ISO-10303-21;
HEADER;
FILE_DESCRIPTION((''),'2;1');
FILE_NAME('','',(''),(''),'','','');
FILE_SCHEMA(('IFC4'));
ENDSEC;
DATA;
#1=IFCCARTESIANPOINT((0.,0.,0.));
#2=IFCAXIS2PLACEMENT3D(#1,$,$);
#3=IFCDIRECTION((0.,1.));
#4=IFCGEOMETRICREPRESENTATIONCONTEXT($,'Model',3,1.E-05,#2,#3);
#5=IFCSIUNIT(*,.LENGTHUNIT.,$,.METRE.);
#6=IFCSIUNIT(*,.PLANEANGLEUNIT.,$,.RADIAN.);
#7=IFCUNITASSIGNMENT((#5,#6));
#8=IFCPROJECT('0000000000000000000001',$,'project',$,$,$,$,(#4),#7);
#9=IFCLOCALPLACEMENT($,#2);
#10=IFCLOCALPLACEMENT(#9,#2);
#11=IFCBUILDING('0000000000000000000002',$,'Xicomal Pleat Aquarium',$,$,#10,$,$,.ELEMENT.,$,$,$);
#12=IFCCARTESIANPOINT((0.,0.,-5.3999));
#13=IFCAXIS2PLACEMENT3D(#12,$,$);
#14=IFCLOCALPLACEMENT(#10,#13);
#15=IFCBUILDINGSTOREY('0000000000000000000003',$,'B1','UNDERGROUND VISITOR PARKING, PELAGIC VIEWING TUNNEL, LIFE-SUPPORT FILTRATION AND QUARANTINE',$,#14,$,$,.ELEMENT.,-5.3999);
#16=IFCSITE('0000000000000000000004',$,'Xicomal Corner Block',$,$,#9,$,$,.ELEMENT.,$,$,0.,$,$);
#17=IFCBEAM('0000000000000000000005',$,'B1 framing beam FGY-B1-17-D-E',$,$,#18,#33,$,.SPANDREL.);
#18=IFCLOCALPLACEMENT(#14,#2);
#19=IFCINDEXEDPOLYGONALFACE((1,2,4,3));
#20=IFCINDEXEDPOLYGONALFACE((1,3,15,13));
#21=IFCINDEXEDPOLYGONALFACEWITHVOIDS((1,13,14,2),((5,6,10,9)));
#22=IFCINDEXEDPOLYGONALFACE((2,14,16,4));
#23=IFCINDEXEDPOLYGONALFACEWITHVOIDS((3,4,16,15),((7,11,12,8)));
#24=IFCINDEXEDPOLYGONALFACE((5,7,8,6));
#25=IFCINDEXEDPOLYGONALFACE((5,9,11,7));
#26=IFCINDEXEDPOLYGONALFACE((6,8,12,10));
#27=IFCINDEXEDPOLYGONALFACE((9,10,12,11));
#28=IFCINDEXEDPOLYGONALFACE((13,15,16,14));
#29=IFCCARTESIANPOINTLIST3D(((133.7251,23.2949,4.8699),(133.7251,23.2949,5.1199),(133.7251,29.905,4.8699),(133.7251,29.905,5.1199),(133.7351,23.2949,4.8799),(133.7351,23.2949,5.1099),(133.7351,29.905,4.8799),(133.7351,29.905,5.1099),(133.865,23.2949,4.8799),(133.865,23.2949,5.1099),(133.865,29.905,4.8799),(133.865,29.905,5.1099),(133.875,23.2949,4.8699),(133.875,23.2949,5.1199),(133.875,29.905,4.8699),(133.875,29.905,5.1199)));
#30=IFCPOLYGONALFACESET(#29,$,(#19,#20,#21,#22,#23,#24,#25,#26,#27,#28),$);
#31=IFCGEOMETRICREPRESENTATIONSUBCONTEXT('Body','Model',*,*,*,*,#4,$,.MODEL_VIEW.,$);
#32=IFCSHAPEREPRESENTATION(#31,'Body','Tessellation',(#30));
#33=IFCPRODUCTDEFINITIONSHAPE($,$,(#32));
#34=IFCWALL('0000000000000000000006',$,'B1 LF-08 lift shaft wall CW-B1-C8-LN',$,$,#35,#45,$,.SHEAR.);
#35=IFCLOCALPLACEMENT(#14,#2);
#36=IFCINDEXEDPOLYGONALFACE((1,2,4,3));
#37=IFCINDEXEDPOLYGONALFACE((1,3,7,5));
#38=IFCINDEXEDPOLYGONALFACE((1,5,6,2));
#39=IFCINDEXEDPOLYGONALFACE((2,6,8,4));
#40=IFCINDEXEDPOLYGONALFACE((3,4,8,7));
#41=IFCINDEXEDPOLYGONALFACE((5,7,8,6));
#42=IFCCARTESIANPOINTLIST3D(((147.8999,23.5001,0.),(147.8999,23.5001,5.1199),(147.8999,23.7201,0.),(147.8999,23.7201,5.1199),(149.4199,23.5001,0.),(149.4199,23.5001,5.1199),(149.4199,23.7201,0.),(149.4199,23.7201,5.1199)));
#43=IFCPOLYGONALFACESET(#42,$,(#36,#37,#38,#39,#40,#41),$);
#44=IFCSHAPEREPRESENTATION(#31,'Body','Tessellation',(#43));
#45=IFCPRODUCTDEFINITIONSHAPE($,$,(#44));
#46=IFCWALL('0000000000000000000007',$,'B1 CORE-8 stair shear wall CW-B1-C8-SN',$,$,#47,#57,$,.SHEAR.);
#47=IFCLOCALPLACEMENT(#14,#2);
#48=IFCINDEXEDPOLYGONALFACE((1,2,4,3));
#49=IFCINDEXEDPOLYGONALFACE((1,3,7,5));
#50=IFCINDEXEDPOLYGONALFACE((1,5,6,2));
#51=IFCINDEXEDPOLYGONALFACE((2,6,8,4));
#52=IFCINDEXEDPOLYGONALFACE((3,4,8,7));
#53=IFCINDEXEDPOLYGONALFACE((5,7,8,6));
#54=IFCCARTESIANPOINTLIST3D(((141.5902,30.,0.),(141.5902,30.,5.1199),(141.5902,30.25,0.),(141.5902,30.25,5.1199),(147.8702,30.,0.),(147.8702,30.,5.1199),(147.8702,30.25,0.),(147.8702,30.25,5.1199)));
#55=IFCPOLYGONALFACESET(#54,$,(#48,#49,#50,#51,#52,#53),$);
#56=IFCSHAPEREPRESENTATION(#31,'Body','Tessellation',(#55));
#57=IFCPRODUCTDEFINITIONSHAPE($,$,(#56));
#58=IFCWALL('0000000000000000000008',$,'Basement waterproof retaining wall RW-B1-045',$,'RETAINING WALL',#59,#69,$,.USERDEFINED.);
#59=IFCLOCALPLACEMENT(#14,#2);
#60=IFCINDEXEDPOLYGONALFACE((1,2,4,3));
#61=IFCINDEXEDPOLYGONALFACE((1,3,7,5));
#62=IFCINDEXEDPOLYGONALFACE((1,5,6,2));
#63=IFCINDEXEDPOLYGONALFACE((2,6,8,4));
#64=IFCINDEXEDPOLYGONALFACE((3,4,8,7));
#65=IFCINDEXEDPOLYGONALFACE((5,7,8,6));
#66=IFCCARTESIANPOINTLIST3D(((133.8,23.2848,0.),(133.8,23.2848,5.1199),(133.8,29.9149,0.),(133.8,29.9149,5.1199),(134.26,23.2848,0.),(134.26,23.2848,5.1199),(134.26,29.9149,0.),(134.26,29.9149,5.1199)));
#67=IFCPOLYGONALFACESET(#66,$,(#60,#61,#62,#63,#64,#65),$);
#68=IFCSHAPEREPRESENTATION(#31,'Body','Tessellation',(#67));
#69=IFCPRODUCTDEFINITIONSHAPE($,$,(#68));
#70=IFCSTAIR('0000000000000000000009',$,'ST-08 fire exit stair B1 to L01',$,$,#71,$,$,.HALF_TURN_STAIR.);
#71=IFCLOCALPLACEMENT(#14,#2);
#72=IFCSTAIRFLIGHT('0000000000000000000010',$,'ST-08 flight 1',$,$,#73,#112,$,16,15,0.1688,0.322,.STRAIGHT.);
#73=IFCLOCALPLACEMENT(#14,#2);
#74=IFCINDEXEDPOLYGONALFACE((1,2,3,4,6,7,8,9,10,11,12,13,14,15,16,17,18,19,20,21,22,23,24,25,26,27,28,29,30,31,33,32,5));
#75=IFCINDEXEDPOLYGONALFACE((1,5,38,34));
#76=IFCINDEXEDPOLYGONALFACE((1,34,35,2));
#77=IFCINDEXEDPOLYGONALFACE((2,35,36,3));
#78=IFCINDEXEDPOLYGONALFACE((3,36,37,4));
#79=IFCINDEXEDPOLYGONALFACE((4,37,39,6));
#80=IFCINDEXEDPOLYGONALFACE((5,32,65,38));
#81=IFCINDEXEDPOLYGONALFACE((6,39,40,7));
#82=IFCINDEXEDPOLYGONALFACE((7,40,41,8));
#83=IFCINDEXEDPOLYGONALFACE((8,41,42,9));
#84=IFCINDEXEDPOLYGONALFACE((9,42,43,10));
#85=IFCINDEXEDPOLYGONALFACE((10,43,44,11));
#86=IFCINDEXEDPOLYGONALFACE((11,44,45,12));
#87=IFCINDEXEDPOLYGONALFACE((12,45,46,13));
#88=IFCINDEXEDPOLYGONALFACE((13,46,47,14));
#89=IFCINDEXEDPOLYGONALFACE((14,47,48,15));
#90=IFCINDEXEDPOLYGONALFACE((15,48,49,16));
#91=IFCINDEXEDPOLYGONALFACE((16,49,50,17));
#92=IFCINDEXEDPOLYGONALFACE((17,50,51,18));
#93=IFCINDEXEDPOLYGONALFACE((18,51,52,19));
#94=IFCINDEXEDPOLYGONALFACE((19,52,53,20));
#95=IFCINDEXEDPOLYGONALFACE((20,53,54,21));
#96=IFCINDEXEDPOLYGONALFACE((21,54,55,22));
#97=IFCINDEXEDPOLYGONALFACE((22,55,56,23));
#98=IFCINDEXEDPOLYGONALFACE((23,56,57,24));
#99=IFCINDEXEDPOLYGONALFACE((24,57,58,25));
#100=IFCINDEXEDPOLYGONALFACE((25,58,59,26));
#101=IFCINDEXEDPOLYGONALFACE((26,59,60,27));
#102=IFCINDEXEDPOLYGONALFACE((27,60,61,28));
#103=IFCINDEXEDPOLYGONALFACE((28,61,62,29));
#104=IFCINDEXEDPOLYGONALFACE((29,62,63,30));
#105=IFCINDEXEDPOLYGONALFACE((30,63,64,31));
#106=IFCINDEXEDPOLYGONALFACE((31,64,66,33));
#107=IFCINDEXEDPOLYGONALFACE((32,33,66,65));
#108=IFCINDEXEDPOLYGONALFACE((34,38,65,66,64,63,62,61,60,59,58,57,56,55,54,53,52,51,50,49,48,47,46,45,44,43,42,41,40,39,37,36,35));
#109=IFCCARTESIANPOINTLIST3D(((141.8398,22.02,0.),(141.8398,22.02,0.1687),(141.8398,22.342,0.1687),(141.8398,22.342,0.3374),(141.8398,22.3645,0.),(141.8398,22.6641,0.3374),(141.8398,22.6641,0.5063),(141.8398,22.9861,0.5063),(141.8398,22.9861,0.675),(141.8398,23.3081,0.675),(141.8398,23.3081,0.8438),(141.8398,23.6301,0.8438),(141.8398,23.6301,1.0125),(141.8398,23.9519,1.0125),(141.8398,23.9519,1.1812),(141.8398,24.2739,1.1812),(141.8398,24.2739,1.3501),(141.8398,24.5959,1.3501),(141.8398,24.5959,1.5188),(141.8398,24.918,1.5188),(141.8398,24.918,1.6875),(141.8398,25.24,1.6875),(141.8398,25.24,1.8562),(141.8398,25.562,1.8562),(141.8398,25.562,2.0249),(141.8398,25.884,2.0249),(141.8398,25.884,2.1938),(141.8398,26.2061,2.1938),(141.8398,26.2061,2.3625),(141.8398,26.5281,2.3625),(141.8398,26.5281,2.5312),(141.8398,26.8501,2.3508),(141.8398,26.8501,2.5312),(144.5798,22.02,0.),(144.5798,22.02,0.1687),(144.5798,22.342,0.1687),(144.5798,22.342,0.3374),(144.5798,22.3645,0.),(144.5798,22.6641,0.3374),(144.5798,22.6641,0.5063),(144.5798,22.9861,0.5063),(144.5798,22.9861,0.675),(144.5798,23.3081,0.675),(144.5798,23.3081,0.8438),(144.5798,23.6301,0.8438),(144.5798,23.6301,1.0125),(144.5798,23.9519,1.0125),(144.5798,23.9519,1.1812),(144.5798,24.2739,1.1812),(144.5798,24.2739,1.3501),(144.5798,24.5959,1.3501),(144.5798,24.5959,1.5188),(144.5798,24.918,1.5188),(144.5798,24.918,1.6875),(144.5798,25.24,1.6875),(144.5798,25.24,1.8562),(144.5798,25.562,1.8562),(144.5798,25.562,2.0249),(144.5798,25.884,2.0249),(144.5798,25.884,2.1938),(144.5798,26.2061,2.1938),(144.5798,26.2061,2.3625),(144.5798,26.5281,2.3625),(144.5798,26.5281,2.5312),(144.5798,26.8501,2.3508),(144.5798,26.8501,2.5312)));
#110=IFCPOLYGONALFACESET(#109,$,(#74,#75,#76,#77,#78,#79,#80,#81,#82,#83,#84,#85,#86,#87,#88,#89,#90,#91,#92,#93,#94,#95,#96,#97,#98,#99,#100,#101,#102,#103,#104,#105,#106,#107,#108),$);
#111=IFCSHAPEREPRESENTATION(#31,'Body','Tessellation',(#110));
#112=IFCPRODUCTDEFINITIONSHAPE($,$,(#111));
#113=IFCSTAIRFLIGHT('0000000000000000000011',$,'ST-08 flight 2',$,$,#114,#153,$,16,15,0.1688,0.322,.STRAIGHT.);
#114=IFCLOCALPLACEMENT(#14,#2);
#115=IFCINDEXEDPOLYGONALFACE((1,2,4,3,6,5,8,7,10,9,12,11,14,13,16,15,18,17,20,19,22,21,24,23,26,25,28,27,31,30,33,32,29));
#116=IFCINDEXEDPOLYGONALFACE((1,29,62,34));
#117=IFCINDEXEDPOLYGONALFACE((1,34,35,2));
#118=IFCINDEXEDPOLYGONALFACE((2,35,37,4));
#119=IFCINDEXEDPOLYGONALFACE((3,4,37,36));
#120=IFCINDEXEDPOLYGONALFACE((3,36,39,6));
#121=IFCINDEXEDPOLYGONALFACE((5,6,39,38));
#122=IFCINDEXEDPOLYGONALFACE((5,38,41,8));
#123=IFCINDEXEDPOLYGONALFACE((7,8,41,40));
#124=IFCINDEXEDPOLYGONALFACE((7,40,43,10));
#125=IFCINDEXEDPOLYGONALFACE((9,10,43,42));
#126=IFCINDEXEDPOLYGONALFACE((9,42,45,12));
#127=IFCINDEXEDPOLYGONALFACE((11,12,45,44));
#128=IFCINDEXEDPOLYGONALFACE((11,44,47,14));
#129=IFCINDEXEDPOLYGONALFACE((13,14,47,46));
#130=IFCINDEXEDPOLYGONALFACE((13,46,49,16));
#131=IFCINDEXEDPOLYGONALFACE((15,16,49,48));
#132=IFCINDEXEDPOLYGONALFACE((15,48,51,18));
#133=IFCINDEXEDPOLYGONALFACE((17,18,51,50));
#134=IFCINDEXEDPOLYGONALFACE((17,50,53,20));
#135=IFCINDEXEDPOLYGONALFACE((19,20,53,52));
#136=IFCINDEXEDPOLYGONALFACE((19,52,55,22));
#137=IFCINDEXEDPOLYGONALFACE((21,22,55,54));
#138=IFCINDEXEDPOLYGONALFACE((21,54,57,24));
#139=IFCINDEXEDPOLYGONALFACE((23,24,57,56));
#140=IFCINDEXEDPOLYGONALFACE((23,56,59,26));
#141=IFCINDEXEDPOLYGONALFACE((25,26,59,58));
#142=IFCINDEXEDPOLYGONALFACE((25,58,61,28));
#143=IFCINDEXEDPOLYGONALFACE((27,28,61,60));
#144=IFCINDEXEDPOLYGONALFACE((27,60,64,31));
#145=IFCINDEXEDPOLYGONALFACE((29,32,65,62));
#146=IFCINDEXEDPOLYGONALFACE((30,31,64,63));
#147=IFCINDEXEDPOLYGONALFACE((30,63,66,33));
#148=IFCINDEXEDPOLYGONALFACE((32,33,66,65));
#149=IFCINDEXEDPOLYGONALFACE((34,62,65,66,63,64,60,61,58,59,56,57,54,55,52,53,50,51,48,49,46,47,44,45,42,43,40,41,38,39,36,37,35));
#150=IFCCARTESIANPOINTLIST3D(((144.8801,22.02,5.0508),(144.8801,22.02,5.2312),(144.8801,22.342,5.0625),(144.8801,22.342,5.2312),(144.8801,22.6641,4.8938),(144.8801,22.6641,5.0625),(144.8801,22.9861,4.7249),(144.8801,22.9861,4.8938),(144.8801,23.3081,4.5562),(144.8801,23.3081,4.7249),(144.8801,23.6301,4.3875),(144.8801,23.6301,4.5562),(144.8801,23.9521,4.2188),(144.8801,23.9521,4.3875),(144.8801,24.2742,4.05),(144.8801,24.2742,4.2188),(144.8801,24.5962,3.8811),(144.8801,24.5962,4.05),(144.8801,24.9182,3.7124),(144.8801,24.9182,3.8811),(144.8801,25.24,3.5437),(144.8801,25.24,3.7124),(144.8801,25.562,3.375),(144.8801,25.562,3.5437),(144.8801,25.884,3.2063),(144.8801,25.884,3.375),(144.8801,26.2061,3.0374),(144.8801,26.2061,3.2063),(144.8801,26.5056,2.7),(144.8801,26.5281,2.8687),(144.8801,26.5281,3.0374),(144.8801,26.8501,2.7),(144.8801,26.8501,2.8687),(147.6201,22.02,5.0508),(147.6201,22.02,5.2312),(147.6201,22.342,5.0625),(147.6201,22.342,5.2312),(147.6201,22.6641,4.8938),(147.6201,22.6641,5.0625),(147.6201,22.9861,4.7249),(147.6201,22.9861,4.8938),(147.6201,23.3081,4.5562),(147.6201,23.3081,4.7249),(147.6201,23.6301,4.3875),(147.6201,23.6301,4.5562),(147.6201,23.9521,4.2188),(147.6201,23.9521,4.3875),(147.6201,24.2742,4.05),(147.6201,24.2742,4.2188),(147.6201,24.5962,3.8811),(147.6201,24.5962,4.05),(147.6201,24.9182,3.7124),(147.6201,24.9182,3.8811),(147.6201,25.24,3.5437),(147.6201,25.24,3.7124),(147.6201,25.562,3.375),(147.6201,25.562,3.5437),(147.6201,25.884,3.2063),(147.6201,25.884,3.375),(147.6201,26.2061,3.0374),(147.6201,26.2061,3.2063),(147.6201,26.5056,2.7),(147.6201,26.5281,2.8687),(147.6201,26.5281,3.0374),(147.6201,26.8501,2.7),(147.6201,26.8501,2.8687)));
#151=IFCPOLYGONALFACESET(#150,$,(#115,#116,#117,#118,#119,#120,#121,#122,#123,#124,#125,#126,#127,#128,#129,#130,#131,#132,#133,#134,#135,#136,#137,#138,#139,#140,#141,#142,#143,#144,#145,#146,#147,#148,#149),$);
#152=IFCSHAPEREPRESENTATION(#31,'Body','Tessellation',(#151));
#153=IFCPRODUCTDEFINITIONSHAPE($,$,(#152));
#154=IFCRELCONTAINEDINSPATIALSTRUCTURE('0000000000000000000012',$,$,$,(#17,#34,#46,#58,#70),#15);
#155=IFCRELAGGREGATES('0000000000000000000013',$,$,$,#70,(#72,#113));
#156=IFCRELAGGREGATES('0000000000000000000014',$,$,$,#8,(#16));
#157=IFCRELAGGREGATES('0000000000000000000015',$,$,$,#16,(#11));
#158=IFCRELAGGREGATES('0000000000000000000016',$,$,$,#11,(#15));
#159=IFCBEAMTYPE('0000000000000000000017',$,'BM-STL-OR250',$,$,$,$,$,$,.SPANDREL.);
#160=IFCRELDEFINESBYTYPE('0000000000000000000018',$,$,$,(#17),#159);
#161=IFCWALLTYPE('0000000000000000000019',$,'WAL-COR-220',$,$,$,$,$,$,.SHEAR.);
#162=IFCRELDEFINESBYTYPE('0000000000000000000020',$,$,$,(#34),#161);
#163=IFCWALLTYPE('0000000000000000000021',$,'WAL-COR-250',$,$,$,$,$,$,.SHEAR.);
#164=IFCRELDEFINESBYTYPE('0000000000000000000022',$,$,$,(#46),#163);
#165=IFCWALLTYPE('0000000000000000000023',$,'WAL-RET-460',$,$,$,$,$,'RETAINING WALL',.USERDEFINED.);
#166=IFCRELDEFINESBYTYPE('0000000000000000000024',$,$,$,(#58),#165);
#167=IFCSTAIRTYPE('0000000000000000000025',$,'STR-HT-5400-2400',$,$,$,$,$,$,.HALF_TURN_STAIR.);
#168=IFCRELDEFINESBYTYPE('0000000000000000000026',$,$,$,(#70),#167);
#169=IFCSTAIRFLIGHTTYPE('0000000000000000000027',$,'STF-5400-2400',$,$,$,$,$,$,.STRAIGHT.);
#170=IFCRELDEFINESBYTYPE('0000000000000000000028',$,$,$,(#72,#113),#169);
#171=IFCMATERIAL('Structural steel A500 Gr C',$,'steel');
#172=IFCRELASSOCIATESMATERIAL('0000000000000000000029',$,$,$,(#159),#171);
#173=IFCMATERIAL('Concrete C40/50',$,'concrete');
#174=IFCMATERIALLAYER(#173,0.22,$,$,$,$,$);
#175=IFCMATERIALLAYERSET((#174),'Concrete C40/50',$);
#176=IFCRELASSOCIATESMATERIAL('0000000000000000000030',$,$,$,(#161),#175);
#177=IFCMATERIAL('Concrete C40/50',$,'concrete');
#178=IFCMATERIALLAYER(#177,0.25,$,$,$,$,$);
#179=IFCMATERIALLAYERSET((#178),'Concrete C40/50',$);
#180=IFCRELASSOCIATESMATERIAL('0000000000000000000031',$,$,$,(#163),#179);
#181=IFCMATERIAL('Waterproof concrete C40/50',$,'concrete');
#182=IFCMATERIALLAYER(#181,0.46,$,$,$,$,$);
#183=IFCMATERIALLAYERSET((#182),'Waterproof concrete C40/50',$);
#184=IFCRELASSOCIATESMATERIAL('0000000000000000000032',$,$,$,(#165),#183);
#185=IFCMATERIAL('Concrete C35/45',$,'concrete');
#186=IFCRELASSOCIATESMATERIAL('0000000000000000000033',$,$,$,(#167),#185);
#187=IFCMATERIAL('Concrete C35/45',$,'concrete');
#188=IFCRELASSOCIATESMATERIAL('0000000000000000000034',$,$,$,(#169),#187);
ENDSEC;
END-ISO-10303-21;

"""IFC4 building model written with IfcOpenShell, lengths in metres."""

from ifc_helpers import new_model, si_unit, direction, frame, frame_2d, origin, origin_2d, place, context, subcontext, project, spatial, polyline, rectangle, hollow_rectangle, outline, extrude, material, layer, layer_set, material_profile, profile_set, type_object, element, aggregate, save


model = new_model("IFC4")

# Units and contexts
model_context = context("Model", 3, precision=1e-05, world=origin(), true_north=direction((0.0, 1.0)))
body_context = subcontext(model_context, "Body", "Model", "MODEL_VIEW")
ifc_project = project(units=[si_unit("LENGTHUNIT", "METRE"), si_unit("PLANEANGLEUNIT", "RADIAN")], contexts=[model_context])

# Site, building, storey
site_placement = place(None, origin())
site = spatial("IfcSite", under=ifc_project, at=site_placement, Name="Xicomal Corner Block", CompositionType="ELEMENT", RefElevation=0.0)
building_placement = place(site_placement, origin())
building = spatial("IfcBuilding", under=site, at=building_placement, Name="Xicomal Pleat Aquarium", CompositionType="ELEMENT")
storey_placement = place(building_placement, frame((0.0, 0.0, -5.3999)))
storey = spatial("IfcBuildingStorey", under=building, at=storey_placement, Name="B1", Description="UNDERGROUND VISITOR PARKING, PELAGIC VIEWING TUNNEL, LIFE-SUPPORT FILTRATION AND QUARANTINE", CompositionType="ELEMENT", Elevation=-5.3999)

# Beam
ifc_material_1 = material(Name="Structural steel A500 Gr C", Category="steel")
ifc_material_profile_1 = material_profile(ifc_material_1, hollow_rectangle(XDim=0.1499, YDim=0.25, WallThickness=0.01, at=origin_2d()), Name="OR 250x150x10")
ifc_profile_set_1 = profile_set([ifc_material_profile_1], Name="Structural steel A500 Gr C")
beam_type_1 = type_object("IfcBeamType", Name="BM-STL-OR250", PredefinedType="SPANDREL", material=ifc_profile_set_1)
beam_1_placement = place(storey_placement, frame((133.8, 23.2949, 4.9949), z_axis=(0.0, 1.0, 0.0), x_axis=(-1.0, 0.0, 0.0)))
element("IfcBeam", 1, at=beam_1_placement, inside=storey, type_object=beam_type_1, Name="B1 framing beam FGY-B1-17-D-E", PredefinedType="SPANDREL", context=body_context, shape_type="SweptSolid", body=[
    extrude(hollow_rectangle(XDim=0.1499, YDim=0.25, WallThickness=0.01, at=origin_2d()), origin(), (0.0, 0.0, 1.0), 6.6101),
])

# Walls
ifc_material_2 = material(Name="Concrete C40/50", Category="concrete")
ifc_layer_1 = layer(ifc_material_2, 0.22)
ifc_layer_set_1 = layer_set([ifc_layer_1], Name="Concrete C40/50")
wall_type_1 = type_object("IfcWallType", Name="WAL-COR-220", PredefinedType="SHEAR", material=ifc_layer_set_1)
wall_1_placement = place(storey_placement, frame((147.8999, 23.6101, 0.0), z_axis=(0.0, 0.0, 1.0), x_axis=(1.0, 0.0, 0.0)))
element("IfcWall", 2, at=wall_1_placement, inside=storey, type_object=wall_type_1, Name="B1 LF-08 lift shaft wall CW-B1-C8-LN", PredefinedType="SHEAR", context=body_context, shape_type="SweptSolid", body=[
    extrude(rectangle(XDim=1.52, YDim=0.22, at=frame_2d((0.76, 0.0))), origin(), (0.0, 0.0, 1.0), 5.1199),
])
ifc_material_3 = material(Name="Concrete C40/50", Category="concrete")
ifc_layer_2 = layer(ifc_material_3, 0.25)
ifc_layer_set_2 = layer_set([ifc_layer_2], Name="Concrete C40/50")
wall_type_2 = type_object("IfcWallType", Name="WAL-COR-250", PredefinedType="SHEAR", material=ifc_layer_set_2)
wall_2_placement = place(storey_placement, frame((141.5901, 30.125, 0.0), z_axis=(0.0, 0.0, 1.0), x_axis=(1.0, 0.0, 0.0)))
element("IfcWall", 3, at=wall_2_placement, inside=storey, type_object=wall_type_2, Name="B1 CORE-8 stair shear wall CW-B1-C8-SN", PredefinedType="SHEAR", context=body_context, shape_type="SweptSolid", body=[
    extrude(rectangle(XDim=6.28, YDim=0.25, at=frame_2d((3.1401, 0.0))), origin(), (0.0, 0.0, 1.0), 5.1199),
])
ifc_material_4 = material(Name="Waterproof concrete C40/50", Category="concrete")
ifc_layer_3 = layer(ifc_material_4, 0.46)
ifc_layer_set_3 = layer_set([ifc_layer_3], Name="Waterproof concrete C40/50")
wall_type_3 = type_object("IfcWallType", Name="WAL-RET-460", ElementType="RETAINING WALL", PredefinedType="USERDEFINED", material=ifc_layer_set_3)
wall_3_placement = place(storey_placement, frame((134.03, 23.2849, 0.0), z_axis=(0.0, 0.0, 1.0), x_axis=(0.0, 1.0, 0.0)))
element("IfcWall", 4, at=wall_3_placement, inside=storey, type_object=wall_type_3, Name="Basement waterproof retaining wall RW-B1-045", ObjectType="RETAINING WALL", PredefinedType="USERDEFINED", context=body_context, shape_type="SweptSolid", body=[
    extrude(rectangle(XDim=6.6301, YDim=0.46, at=frame_2d((3.3149, 0.0))), origin(), (0.0, 0.0, 1.0), 5.1199),
])

# Stair, stair flights
ifc_material_5 = material(Name="Concrete C35/45", Category="concrete")
stair_type = type_object("IfcStairType", Name="STR-HT-5400-2400", PredefinedType="HALF_TURN_STAIR", material=ifc_material_5)
stair_placement = place(storey_placement, origin())
stair = element("IfcStair", 5, at=stair_placement, inside=storey, type_object=stair_type, Name="ST-08 fire exit stair B1 to L01", PredefinedType="HALF_TURN_STAIR")
ifc_material_6 = material(Name="Concrete C35/45", Category="concrete")
stair_flight_type = type_object("IfcStairFlightType", Name="STF-5400-2400", PredefinedType="STRAIGHT", material=ifc_material_6)
stair_flight_1_placement = place(storey_placement, frame((143.21, 22.02, 0.0), z_axis=(0.0, 0.0, 1.0), x_axis=(0.0, 1.0, 0.0)))
stair_flight_1 = element("IfcStairFlight", 6, at=stair_flight_1_placement, type_object=stair_flight_type, Name="ST-08 flight 1", NumberOfRisers=16, NumberOfTreads=15, PredefinedType="STRAIGHT", RiserHeight=0.1688, TreadLength=0.322, context=body_context, shape_type="SweptSolid", body=[
    extrude(outline(polyline([(0.0, 0.0), (0.0, 0.1687), (0.322, 0.1687), (0.322, 0.3374), (0.644, 0.3374), (0.644, 0.5063), (0.9661, 0.5063), (0.9661, 0.675), (1.2881, 0.675), (1.2881, 0.8438), (1.6101, 0.8438), (1.6101, 1.0125), (1.9319, 1.0125), (1.9319, 1.1812), (2.2539, 1.1812), (2.2539, 1.3501), (2.5759, 1.3501), (2.5759, 1.5188), (2.8979, 1.5188), (2.8979, 1.6875), (3.22, 1.6875), (3.22, 1.8562), (3.542, 1.8562), (3.542, 2.0249), (3.864, 2.0249), (3.864, 2.1938), (4.186, 2.1938), (4.186, 2.3625), (4.5081, 2.3625), (4.5081, 2.5312), (4.8301, 2.5312), (4.8301, 2.7), (4.8301, 2.3508), (0.3445, 0.0), (0.0, 0.0)])), frame((0.0, 1.3701, 0.0), z_axis=(0.0, -1.0, 0.0), x_axis=(1.0, 0.0, 0.0)), (0.0, 0.0, 1.0), 2.74),
])
stair_flight_2_placement = place(storey_placement, frame((146.25, 26.8501, 2.7), z_axis=(0.0, 0.0, 1.0), x_axis=(0.0, -1.0, 0.0)))
stair_flight_2 = element("IfcStairFlight", 7, at=stair_flight_2_placement, type_object=stair_flight_type, Name="ST-08 flight 2", NumberOfRisers=16, NumberOfTreads=15, PredefinedType="STRAIGHT", RiserHeight=0.1688, TreadLength=0.322, context=body_context, shape_type="SweptSolid", body=[
    extrude(outline(polyline([(0.0, 0.0), (0.0, 0.1687), (0.322, 0.1687), (0.322, 0.3374), (0.644, 0.3374), (0.644, 0.5063), (0.9661, 0.5063), (0.9661, 0.675), (1.2881, 0.675), (1.2881, 0.8438), (1.6101, 0.8438), (1.6101, 1.0125), (1.9319, 1.0125), (1.9319, 1.1812), (2.2539, 1.1812), (2.2539, 1.3501), (2.5759, 1.3501), (2.5759, 1.5188), (2.8979, 1.5188), (2.8979, 1.6875), (3.22, 1.6875), (3.22, 1.8562), (3.542, 1.8562), (3.542, 2.0249), (3.864, 2.0249), (3.864, 2.1938), (4.186, 2.1938), (4.186, 2.3625), (4.5081, 2.3625), (4.5081, 2.5312), (4.8301, 2.5312), (4.8301, 2.7), (4.8301, 2.3508), (0.3445, 0.0), (0.0, 0.0)])), frame((0.0, 1.3701, 0.0), z_axis=(0.0, -1.0, 0.0), x_axis=(1.0, 0.0, 0.0)), (0.0, 0.0, 1.0), 2.74),
])
aggregate(stair, [stair_flight_1, stair_flight_2])

save(model, "model.ifc")
